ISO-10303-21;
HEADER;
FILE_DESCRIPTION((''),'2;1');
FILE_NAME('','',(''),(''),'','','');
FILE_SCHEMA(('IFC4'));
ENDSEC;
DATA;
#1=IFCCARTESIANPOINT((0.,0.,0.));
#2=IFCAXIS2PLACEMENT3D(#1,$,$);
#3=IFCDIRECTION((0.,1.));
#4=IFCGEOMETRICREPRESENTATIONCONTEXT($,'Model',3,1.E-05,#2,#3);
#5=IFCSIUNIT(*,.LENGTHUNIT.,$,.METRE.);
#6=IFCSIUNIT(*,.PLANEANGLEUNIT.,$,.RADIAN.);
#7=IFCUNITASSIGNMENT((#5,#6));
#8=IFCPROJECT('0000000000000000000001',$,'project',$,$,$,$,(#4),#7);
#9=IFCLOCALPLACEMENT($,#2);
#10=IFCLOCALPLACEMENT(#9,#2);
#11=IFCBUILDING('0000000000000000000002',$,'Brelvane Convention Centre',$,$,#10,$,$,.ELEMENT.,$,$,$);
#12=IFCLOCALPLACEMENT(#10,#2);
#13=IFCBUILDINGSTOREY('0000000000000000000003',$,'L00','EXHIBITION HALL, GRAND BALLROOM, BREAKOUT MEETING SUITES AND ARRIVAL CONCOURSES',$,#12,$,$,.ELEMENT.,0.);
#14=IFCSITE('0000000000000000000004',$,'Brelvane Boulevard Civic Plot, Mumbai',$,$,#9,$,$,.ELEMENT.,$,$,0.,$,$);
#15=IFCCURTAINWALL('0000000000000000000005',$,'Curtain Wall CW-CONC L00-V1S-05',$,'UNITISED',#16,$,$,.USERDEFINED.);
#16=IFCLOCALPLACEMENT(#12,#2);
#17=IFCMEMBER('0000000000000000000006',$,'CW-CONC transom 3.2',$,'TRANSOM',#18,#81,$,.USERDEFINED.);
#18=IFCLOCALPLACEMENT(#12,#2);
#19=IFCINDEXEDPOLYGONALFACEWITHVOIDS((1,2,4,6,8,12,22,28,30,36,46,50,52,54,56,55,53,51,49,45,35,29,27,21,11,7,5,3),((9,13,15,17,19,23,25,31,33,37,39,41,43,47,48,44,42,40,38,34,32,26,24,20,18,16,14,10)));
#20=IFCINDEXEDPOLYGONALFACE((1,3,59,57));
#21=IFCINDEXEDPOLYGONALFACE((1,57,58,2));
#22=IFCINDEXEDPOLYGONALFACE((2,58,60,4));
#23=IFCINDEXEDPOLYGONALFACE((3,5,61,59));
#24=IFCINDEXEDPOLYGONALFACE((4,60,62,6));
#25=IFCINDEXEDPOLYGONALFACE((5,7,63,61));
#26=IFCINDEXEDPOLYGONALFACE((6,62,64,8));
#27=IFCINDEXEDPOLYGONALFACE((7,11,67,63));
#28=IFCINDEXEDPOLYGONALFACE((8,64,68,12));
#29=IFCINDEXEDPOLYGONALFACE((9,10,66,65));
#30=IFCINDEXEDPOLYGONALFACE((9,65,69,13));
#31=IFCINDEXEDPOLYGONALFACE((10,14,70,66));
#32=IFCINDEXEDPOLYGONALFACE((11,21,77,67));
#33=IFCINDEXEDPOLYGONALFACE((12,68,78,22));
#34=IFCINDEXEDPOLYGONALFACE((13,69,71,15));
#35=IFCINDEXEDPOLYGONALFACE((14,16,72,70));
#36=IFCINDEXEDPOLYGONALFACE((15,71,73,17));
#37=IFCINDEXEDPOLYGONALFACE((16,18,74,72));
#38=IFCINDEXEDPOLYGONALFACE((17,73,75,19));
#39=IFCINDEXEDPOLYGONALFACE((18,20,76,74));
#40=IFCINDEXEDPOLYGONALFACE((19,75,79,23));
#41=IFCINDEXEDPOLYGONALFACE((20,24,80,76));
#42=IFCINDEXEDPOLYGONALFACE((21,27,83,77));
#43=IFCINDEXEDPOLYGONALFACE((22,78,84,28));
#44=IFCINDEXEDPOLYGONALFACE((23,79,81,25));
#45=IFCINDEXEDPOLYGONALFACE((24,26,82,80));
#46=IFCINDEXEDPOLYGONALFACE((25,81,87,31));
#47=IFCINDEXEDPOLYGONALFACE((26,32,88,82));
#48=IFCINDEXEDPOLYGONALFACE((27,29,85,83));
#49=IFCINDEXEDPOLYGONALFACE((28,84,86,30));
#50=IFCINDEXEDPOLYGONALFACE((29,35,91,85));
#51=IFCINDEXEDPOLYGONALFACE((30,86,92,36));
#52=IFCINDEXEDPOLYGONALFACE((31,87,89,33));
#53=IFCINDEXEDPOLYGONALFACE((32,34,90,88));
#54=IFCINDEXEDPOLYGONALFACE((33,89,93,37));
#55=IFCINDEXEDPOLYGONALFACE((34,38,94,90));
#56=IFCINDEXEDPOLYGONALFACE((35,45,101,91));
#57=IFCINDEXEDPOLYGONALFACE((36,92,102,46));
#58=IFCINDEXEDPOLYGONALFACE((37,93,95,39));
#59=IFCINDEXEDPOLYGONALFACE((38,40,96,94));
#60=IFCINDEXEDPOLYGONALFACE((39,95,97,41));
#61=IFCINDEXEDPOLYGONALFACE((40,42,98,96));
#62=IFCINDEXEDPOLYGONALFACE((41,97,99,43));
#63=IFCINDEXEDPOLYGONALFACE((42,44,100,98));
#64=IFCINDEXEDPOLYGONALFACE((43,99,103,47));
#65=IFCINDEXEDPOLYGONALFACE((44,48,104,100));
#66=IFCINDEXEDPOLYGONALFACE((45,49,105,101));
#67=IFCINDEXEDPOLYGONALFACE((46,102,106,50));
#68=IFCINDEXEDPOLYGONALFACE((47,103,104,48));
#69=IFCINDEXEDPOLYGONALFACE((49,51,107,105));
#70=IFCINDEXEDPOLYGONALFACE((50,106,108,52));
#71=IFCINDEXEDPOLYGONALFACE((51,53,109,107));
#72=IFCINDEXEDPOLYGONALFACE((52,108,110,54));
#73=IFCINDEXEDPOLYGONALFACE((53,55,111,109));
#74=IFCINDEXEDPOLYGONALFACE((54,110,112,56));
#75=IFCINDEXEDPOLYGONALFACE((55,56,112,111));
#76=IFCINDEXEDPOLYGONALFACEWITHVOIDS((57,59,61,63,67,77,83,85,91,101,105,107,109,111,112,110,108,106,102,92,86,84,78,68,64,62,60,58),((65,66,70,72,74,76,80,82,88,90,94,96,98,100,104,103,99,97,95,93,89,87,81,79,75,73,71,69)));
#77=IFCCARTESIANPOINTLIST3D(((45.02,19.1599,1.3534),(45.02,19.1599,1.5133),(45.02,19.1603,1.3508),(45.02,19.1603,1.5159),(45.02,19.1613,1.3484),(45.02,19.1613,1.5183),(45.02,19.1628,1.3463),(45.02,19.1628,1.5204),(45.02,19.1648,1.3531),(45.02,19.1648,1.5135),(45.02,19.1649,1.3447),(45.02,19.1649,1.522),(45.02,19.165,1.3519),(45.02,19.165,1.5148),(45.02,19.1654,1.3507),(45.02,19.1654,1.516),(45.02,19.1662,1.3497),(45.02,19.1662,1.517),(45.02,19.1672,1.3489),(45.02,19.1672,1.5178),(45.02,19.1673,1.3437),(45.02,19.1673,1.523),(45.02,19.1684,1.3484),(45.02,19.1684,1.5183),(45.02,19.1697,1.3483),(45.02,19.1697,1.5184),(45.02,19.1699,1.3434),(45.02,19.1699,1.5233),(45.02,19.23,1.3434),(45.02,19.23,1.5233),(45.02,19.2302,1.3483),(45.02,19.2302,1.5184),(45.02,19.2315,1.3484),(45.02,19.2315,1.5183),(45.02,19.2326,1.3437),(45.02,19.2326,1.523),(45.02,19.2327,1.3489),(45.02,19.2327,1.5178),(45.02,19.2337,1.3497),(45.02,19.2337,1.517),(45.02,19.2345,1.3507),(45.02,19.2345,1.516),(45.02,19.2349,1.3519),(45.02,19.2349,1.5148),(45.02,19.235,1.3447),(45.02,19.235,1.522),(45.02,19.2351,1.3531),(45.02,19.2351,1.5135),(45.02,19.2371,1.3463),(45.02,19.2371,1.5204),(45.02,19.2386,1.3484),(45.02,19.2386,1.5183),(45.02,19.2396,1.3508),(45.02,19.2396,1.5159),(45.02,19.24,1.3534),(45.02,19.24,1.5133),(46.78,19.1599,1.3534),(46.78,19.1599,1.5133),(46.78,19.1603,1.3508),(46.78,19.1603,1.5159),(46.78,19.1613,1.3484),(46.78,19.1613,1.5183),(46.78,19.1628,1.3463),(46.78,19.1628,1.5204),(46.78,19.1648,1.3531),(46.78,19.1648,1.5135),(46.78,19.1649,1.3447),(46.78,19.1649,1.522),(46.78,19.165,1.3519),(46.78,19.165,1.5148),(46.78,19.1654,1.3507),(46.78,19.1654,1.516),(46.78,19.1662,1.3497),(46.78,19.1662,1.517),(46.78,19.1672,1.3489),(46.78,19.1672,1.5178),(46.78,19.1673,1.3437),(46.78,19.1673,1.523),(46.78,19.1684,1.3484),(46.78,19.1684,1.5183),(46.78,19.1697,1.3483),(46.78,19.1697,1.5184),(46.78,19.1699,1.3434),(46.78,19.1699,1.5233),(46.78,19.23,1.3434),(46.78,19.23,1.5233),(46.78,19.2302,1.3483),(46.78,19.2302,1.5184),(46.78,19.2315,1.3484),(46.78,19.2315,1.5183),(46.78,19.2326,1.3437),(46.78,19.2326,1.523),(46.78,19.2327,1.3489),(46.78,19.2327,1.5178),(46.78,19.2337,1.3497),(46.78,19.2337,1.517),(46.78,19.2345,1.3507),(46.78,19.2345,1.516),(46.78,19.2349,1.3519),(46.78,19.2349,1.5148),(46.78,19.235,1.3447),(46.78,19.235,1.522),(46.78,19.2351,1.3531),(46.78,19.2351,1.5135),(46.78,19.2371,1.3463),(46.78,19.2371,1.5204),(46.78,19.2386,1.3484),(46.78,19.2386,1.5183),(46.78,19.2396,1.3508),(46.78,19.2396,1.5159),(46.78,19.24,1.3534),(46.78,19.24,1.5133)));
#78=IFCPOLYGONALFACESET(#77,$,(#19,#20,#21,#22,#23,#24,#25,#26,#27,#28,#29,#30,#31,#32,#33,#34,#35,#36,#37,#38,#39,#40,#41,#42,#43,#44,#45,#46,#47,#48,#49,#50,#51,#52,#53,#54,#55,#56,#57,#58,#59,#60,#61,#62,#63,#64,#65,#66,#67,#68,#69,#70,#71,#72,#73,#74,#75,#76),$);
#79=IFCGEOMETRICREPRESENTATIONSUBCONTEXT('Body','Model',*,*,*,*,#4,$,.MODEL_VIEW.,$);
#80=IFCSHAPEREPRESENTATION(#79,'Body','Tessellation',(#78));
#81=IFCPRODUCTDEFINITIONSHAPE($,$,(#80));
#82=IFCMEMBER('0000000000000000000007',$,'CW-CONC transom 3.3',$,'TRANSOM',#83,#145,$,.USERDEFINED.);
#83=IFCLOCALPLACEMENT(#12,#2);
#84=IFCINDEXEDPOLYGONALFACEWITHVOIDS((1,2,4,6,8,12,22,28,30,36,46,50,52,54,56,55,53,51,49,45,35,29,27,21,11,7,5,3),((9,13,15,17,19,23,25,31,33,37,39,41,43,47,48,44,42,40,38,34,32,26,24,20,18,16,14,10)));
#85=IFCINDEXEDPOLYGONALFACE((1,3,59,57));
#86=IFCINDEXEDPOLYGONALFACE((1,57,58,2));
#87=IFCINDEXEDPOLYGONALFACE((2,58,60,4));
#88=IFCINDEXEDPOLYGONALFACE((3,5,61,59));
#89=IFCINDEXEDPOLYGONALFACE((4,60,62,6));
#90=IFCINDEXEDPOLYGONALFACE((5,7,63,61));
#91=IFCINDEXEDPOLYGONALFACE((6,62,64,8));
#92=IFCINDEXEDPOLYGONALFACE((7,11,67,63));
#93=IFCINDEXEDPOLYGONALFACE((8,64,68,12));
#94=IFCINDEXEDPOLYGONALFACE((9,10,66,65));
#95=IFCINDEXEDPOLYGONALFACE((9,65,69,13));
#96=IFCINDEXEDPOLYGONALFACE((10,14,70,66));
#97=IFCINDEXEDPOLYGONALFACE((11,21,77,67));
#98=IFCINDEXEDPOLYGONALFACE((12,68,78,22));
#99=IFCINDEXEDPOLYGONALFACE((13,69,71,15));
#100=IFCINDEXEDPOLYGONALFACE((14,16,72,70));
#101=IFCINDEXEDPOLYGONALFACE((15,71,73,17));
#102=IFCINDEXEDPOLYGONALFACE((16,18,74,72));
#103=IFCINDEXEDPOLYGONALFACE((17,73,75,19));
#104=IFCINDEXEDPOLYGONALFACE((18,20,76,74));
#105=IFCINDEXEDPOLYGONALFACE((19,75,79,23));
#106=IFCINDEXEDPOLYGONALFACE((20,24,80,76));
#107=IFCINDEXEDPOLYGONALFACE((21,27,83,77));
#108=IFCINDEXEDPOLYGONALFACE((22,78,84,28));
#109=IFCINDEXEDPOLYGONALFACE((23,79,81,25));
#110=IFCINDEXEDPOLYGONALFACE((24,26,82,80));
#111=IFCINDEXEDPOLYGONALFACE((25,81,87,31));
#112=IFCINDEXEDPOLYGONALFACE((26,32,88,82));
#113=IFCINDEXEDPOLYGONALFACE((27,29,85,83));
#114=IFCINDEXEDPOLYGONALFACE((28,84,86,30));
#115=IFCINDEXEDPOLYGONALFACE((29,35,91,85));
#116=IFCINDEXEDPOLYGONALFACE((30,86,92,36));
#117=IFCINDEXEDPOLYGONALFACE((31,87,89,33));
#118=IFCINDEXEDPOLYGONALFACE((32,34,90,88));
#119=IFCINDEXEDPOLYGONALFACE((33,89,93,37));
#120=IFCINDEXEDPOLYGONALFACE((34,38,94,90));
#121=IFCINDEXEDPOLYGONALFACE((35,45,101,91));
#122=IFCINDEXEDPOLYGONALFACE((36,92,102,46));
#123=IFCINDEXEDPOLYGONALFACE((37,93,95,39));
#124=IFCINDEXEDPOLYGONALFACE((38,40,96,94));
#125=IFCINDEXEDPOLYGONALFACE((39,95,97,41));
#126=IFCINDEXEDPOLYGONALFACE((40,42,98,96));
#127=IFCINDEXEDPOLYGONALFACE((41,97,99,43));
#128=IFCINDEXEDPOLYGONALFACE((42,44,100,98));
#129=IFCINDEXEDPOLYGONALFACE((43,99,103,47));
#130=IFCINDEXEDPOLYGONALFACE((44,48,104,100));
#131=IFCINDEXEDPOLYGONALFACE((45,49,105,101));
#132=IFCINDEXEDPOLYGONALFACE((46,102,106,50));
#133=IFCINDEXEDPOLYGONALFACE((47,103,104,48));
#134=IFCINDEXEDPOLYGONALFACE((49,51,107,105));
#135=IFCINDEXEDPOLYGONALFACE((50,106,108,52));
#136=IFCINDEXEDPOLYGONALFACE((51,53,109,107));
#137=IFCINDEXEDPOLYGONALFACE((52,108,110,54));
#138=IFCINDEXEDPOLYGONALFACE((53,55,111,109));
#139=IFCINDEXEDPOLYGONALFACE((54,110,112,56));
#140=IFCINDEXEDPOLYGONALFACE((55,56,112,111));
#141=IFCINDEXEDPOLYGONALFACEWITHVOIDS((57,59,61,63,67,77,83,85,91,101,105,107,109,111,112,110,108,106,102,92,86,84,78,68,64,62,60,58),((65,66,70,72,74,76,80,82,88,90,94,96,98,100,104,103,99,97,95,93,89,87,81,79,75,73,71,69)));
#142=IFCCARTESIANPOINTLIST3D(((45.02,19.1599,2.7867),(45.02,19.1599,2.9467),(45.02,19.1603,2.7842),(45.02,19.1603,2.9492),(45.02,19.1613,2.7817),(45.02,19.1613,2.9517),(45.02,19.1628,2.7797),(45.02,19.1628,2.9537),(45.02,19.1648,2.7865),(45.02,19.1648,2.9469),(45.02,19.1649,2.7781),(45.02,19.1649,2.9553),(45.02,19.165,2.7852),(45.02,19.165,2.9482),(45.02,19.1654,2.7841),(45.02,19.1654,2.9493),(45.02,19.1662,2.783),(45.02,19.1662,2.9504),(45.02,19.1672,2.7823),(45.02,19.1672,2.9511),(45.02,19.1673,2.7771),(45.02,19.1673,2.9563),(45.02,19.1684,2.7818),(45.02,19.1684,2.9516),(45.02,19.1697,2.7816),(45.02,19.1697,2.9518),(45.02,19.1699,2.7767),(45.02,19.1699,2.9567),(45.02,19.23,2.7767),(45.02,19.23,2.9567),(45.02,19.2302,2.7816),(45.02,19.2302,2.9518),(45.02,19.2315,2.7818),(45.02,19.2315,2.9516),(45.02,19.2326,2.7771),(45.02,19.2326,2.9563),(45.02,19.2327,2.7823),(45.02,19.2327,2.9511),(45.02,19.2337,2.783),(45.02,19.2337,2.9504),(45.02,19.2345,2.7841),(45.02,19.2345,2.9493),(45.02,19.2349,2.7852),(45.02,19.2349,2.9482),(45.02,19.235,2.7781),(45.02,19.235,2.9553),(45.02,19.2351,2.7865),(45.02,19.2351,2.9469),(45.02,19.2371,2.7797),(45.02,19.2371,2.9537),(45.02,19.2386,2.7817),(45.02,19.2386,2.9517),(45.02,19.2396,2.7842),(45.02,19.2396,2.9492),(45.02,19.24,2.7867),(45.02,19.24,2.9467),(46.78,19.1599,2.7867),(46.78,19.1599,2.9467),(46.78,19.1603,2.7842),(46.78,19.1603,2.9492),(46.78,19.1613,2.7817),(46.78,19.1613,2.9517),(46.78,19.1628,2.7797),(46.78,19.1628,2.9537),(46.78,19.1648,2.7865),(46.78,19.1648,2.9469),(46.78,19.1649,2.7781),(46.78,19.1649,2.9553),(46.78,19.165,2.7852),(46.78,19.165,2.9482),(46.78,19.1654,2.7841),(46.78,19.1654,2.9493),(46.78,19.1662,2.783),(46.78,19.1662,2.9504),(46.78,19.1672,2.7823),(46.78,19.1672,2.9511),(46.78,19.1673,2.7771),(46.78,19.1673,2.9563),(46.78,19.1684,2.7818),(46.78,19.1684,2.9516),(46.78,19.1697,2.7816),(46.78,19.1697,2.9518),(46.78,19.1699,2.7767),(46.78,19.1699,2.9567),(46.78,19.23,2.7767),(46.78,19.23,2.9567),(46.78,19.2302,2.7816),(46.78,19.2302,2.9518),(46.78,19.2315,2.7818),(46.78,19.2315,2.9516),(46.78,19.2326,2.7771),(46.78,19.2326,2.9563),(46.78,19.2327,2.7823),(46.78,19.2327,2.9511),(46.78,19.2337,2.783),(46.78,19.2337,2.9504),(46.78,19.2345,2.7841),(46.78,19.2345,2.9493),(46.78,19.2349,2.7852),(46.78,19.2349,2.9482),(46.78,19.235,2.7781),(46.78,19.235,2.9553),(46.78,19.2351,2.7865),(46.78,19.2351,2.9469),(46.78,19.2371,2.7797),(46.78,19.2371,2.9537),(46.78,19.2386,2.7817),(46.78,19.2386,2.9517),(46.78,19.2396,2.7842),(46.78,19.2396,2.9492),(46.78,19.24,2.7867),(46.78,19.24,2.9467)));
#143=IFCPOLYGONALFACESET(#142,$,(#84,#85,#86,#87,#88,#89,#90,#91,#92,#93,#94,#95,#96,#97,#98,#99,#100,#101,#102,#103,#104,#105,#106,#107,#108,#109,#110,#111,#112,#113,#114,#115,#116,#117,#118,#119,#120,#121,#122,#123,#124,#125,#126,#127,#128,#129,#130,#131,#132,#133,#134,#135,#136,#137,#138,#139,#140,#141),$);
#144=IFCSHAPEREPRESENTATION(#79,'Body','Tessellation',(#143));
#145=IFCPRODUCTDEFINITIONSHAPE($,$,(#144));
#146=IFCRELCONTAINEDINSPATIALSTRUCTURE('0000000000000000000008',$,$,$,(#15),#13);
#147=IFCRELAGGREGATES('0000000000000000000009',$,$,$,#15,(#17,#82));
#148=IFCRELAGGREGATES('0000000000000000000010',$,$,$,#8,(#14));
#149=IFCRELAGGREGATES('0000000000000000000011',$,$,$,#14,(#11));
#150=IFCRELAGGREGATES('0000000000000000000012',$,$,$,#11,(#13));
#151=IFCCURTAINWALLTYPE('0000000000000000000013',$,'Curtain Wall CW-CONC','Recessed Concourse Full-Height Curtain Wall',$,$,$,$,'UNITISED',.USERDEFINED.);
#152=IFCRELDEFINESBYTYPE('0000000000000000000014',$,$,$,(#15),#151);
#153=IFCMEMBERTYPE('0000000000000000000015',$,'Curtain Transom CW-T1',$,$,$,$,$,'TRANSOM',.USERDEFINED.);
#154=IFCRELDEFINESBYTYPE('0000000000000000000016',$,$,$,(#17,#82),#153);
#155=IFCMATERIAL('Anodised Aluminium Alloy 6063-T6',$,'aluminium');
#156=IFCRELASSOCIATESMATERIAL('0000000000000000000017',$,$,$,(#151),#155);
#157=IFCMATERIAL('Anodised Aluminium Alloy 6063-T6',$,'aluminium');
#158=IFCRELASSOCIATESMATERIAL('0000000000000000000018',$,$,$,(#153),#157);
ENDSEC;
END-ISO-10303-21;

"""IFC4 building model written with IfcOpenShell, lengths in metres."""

from ifc_helpers import new_model, si_unit, direction, frame, origin, origin_2d, place, context, subcontext, project, spatial, hollow_rectangle, extrude, material, material_profile, profile_set, type_object, element, aggregate, save


model = new_model("IFC4")

# Units and contexts
model_context = context("Model", 3, precision=1e-05, world=origin(), true_north=direction((0.0, 1.0)))
body_context = subcontext(model_context, "Body", "Model", "MODEL_VIEW")
ifc_project = project(units=[si_unit("LENGTHUNIT", "METRE"), si_unit("PLANEANGLEUNIT", "RADIAN")], contexts=[model_context])

# Site, building, storey
site_placement = place(None, origin())
site = spatial("IfcSite", under=ifc_project, at=site_placement, Name="Brelvane Boulevard Civic Plot, Mumbai", CompositionType="ELEMENT", RefElevation=0.0)
building_placement = place(site_placement, origin())
building = spatial("IfcBuilding", under=site, at=building_placement, Name="Brelvane Convention Centre", CompositionType="ELEMENT")
storey_placement = place(building_placement, origin())
storey = spatial("IfcBuildingStorey", under=building, at=storey_placement, Name="L00", Description="EXHIBITION HALL, GRAND BALLROOM, BREAKOUT MEETING SUITES AND ARRIVAL CONCOURSES", CompositionType="ELEMENT", Elevation=0.0)

# Curtain wall, members
ifc_material_1 = material(Name="Anodised Aluminium Alloy 6063-T6", Category="aluminium")
curtain_wall_type = type_object("IfcCurtainWallType", Name="Curtain Wall CW-CONC", Description="Recessed Concourse Full-Height Curtain Wall", ElementType="UNITISED", PredefinedType="USERDEFINED", material=ifc_material_1)
curtain_wall_placement = place(storey_placement, origin())
curtain_wall = element("IfcCurtainWall", 1, at=curtain_wall_placement, inside=storey, type_object=curtain_wall_type, Name="Curtain Wall CW-CONC L00-V1S-05", ObjectType="UNITISED", PredefinedType="USERDEFINED")
ifc_material_2 = material(Name="Anodised Aluminium Alloy 6063-T6", Category="aluminium")
ifc_material_profile_1 = material_profile(ifc_material_2, hollow_rectangle(XDim=0.0801, YDim=0.1799, WallThickness=0.0049, InnerFilletRadius=0.0049, OuterFilletRadius=0.01, at=origin_2d()), Name="ALU-T 180x80x5.0")
ifc_profile_set_1 = profile_set([ifc_material_profile_1], Name="Anodised Aluminium Alloy 6063-T6")
member_type_1 = type_object("IfcMemberType", Name="Curtain Transom CW-T1", ElementType="TRANSOM", PredefinedType="USERDEFINED", material=ifc_profile_set_1)
member_1_placement = place(storey_placement, frame((45.02, 19.2, 1.4333), z_axis=(1.0, 0.0, 0.0), x_axis=(0.0, 1.0, 0.0)))
member_1 = element("IfcMember", 2, at=member_1_placement, type_object=member_type_1, Name="CW-CONC transom 3.2", ObjectType="TRANSOM", PredefinedType="USERDEFINED", context=body_context, shape_type="SweptSolid", body=[
    extrude(hollow_rectangle(XDim=0.0801, YDim=0.1799, WallThickness=0.0049, InnerFilletRadius=0.0049, OuterFilletRadius=0.01, at=origin_2d()), origin(), (0.0, 0.0, 1.0), 1.76),
])
member_2_placement = place(storey_placement, frame((45.02, 19.2, 2.8667), z_axis=(1.0, 0.0, 0.0), x_axis=(0.0, 1.0, 0.0)))
member_2 = element("IfcMember", 3, at=member_2_placement, type_object=member_type_1, Name="CW-CONC transom 3.3", ObjectType="TRANSOM", PredefinedType="USERDEFINED", context=body_context, shape_type="SweptSolid", body=[
    extrude(hollow_rectangle(XDim=0.0801, YDim=0.1799, WallThickness=0.0049, InnerFilletRadius=0.0049, OuterFilletRadius=0.01, at=origin_2d()), origin(), (0.0, 0.0, 1.0), 1.76),
])
aggregate(curtain_wall, [member_1, member_2])

save(model, "model.ifc")
